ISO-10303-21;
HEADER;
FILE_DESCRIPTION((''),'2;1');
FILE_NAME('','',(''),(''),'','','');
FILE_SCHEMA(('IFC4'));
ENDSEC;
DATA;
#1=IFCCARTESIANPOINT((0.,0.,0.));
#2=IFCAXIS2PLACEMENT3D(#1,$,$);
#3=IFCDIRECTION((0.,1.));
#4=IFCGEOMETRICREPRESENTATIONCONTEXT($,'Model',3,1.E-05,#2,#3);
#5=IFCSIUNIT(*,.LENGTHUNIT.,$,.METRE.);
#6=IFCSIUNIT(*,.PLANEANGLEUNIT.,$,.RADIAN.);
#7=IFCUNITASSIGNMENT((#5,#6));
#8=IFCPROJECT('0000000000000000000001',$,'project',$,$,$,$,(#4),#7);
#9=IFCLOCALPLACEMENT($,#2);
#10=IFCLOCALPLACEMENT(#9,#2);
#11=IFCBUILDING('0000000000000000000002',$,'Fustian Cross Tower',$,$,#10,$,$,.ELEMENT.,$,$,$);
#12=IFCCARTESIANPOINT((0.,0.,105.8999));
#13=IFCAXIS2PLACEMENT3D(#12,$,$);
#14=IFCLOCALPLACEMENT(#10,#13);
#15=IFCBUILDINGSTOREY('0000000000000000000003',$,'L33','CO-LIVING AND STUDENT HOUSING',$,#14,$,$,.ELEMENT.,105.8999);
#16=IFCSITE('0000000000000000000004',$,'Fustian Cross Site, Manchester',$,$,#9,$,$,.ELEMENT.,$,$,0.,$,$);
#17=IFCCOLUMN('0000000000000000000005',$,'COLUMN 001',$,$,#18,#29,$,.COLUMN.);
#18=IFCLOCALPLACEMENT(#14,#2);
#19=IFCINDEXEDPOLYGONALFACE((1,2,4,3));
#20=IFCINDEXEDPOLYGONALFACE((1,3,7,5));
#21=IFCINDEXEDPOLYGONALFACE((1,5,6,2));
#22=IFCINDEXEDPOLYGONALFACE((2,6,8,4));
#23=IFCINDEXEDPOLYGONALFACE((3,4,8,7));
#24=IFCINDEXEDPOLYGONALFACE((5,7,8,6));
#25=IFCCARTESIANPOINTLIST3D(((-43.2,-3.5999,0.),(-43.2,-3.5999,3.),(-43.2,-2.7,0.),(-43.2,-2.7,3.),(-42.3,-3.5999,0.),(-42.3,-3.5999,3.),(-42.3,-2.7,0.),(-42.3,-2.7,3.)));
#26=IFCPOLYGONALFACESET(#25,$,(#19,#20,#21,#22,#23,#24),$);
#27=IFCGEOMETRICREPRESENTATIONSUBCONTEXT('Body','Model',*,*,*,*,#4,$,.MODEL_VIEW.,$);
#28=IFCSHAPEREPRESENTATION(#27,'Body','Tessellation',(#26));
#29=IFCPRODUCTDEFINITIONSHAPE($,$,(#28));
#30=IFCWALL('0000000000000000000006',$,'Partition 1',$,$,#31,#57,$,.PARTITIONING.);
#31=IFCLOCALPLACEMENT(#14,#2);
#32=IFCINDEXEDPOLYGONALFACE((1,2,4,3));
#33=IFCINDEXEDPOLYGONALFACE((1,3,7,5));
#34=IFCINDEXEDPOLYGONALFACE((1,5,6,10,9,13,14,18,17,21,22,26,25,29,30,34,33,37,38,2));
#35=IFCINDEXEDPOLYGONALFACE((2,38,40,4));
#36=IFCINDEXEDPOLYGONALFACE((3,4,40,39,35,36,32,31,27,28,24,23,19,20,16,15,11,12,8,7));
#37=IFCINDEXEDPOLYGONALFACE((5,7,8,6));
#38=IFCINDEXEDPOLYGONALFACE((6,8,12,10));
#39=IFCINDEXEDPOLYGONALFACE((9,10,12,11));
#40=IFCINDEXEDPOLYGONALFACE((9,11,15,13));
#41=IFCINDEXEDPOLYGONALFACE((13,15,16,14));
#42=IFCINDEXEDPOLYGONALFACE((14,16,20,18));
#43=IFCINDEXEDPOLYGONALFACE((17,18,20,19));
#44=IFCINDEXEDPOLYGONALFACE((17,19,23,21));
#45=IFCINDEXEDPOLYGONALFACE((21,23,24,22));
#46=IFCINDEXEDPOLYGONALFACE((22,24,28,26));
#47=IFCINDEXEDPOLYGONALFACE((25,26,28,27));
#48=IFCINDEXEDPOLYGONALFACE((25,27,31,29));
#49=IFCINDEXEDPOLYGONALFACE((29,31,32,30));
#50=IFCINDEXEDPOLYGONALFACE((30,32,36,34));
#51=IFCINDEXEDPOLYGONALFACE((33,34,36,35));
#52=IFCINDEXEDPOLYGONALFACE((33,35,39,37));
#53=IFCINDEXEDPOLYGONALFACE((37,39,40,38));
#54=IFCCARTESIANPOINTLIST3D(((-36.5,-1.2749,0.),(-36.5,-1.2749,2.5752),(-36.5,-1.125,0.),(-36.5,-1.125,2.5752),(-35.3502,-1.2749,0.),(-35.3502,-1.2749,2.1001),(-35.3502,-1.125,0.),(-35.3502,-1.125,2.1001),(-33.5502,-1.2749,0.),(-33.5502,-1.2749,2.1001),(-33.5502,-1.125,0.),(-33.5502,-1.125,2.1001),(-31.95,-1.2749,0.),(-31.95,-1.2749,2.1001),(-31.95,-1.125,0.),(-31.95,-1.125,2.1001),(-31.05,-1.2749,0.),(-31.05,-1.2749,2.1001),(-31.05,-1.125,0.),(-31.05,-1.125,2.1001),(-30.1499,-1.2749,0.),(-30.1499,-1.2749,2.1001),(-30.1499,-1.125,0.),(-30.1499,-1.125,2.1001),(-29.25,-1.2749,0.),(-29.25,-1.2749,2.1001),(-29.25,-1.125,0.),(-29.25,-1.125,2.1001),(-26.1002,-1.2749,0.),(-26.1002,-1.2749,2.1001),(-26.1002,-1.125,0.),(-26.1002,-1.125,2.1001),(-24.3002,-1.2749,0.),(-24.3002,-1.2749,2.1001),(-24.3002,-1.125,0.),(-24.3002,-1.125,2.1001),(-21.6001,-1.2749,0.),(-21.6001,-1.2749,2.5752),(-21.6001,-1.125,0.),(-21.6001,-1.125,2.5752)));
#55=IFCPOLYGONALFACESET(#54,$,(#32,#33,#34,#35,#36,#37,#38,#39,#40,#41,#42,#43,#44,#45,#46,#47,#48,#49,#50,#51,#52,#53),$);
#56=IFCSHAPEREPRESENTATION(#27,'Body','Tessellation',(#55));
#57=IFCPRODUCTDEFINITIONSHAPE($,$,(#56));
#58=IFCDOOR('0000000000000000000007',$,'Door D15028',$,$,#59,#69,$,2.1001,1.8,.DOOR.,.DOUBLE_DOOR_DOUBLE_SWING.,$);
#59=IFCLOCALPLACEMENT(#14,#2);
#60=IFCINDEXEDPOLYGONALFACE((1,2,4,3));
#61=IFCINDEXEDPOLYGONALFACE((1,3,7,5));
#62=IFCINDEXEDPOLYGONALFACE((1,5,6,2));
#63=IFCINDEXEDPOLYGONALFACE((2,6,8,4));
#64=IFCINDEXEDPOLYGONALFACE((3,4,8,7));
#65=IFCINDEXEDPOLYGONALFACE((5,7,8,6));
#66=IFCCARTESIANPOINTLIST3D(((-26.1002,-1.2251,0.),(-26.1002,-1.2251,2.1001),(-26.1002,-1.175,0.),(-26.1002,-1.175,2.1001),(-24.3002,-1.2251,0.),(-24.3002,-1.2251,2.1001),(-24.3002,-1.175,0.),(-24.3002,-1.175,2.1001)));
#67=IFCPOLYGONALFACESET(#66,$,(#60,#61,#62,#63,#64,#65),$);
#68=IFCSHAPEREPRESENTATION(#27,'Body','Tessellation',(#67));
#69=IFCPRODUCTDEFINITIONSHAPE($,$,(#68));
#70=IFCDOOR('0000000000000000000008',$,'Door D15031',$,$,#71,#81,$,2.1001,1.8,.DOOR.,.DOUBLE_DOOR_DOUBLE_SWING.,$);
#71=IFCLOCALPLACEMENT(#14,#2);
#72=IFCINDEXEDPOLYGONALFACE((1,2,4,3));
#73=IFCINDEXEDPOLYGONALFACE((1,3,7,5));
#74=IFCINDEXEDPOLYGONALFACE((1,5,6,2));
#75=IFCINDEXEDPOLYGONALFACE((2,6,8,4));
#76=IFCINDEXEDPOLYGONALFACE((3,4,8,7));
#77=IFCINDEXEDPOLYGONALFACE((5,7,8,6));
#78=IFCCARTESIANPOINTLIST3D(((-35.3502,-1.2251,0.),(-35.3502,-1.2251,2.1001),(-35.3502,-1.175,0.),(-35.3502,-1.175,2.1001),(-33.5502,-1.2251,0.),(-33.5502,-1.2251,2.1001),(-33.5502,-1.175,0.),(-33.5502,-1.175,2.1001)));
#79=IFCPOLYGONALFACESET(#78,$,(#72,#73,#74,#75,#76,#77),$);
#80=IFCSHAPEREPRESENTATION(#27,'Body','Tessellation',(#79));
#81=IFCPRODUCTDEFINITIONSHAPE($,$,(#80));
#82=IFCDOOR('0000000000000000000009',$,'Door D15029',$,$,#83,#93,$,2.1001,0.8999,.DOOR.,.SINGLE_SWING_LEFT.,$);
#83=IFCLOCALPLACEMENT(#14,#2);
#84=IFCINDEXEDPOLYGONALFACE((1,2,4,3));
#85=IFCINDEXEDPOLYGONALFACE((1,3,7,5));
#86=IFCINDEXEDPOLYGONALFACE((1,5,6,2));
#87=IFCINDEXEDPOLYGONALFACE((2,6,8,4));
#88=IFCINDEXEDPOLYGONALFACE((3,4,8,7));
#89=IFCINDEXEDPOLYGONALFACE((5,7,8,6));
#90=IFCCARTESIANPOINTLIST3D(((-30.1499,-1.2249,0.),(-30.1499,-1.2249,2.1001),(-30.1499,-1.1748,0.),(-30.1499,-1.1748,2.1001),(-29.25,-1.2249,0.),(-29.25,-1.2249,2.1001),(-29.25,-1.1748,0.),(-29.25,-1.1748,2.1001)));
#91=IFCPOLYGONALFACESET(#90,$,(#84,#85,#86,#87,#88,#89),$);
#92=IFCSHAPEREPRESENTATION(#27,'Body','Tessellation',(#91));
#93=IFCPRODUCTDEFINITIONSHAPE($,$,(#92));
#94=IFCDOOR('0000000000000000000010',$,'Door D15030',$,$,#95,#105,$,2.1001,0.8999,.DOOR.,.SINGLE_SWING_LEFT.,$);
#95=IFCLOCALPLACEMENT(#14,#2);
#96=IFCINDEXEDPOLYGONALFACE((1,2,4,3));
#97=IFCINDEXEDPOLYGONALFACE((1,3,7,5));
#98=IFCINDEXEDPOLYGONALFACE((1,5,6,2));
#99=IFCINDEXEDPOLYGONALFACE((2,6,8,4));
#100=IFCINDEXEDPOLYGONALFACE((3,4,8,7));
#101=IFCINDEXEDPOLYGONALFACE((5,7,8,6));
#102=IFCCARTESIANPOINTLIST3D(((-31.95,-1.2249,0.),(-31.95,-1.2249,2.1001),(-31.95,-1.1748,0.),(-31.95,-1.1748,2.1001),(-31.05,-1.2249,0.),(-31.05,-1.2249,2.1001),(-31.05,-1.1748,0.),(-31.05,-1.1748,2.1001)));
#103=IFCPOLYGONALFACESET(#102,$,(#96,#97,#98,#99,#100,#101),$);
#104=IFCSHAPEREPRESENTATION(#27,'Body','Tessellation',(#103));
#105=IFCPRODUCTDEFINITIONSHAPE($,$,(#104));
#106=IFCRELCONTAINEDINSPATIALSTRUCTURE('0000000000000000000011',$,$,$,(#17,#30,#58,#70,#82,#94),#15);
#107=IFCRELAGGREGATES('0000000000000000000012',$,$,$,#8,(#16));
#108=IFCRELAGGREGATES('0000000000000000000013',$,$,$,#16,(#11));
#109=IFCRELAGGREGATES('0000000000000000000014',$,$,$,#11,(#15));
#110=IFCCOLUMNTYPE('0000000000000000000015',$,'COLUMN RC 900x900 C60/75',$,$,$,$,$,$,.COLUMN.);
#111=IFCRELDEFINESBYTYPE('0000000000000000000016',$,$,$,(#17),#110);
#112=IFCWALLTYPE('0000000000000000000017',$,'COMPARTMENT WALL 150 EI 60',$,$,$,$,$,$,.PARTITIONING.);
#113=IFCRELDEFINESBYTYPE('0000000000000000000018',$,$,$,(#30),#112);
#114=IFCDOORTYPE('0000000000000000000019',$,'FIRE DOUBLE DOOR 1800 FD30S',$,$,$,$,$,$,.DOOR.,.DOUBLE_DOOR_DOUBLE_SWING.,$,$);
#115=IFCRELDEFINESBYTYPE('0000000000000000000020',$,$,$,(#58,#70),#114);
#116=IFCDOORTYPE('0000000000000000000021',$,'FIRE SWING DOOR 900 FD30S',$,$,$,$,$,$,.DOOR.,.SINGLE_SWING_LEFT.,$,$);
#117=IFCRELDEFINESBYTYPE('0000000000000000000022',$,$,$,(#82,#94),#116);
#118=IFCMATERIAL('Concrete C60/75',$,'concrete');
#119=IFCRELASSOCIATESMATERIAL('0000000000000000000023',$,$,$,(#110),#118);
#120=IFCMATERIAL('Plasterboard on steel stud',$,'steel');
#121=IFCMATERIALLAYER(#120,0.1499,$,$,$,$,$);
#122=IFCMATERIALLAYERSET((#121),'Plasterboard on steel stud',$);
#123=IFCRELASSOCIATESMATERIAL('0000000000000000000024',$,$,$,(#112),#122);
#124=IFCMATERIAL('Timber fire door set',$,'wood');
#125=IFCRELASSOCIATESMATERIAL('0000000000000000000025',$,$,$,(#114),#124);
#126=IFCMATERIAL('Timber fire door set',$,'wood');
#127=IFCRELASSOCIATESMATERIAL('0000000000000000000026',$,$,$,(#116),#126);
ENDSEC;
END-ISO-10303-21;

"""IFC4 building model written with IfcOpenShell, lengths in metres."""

from ifc_helpers import new_model, si_unit, direction, frame, frame_2d, origin, origin_2d, place, context, subcontext, project, spatial, rectangle, extrude, material, layer, layer_set, material_profile, profile_set, type_object, element, fill, save


model = new_model("IFC4")

# Units and contexts
model_context = context("Model", 3, precision=1e-05, world=origin(), true_north=direction((0.0, 1.0)))
body_context = subcontext(model_context, "Body", "Model", "MODEL_VIEW")
ifc_project = project(units=[si_unit("LENGTHUNIT", "METRE"), si_unit("PLANEANGLEUNIT", "RADIAN")], contexts=[model_context])

# Site, building, storey
site_placement = place(None, origin())
site = spatial("IfcSite", under=ifc_project, at=site_placement, Name="Fustian Cross Site, Manchester", CompositionType="ELEMENT", RefElevation=0.0)
building_placement = place(site_placement, origin())
building = spatial("IfcBuilding", under=site, at=building_placement, Name="Fustian Cross Tower", CompositionType="ELEMENT")
storey_placement = place(building_placement, frame((0.0, 0.0, 105.8999)))
storey = spatial("IfcBuildingStorey", under=building, at=storey_placement, Name="L33", Description="CO-LIVING AND STUDENT HOUSING", CompositionType="ELEMENT", Elevation=105.8999)

# Column
ifc_material_1 = material(Name="Concrete C60/75", Category="concrete")
ifc_material_profile = material_profile(ifc_material_1, rectangle(XDim=0.8999, YDim=0.8999, at=origin_2d()), Name="RC 900x900")
ifc_profile_set = profile_set([ifc_material_profile], Name="Concrete C60/75")
column_type = type_object("IfcColumnType", Name="COLUMN RC 900x900 C60/75", PredefinedType="COLUMN", material=ifc_profile_set)
column_placement = place(storey_placement, frame((-42.75, -3.1499, 0.0), z_axis=(0.0, 0.0, 1.0), x_axis=(1.0, 0.0, 0.0)))
element("IfcColumn", 1, at=column_placement, inside=storey, type_object=column_type, Name="COLUMN 001", PredefinedType="COLUMN", context=body_context, shape_type="SweptSolid", body=[
    extrude(rectangle(XDim=0.8999, YDim=0.8999, at=origin_2d()), origin(), (0.0, 0.0, 1.0), 3.0),
])

# Wall, openings, doors
ifc_material_2 = material(Name="Plasterboard on steel stud", Category="steel")
ifc_layer_1 = layer(ifc_material_2, 0.1499)
ifc_layer_set_1 = layer_set([ifc_layer_1], Name="Plasterboard on steel stud")
wall_type_1 = type_object("IfcWallType", Name="COMPARTMENT WALL 150 EI 60", PredefinedType="PARTITIONING", material=ifc_layer_set_1)
wall_1_placement = place(storey_placement, frame((-36.5, -1.2, 0.0), z_axis=(0.0, 0.0, 1.0), x_axis=(1.0, 0.0, 0.0)))
wall_1 = element("IfcWall", 2, at=wall_1_placement, inside=storey, type_object=wall_type_1, Name="Partition 1", PredefinedType="PARTITIONING", context=body_context, shape_type="SweptSolid", body=[
    extrude(rectangle(XDim=14.8999, YDim=0.1499, at=frame_2d((7.45, 0.0))), origin(), (0.0, 0.0, 1.0), 2.5752),
])
opening_1_placement = place(wall_1_placement, frame((10.3999, 0.0, 0.0)))
opening_1 = element("IfcOpeningElement", 3, at=opening_1_placement, cuts=wall_1, PredefinedType="OPENING", context=body_context, shape_type="SweptSolid", body=[
    extrude(rectangle(XDim=1.8, YDim=2.1001, at=frame_2d((0.8999, 1.05))), frame((0.0, 0.085, 0.0), z_axis=(0.0, -1.0, 0.0), x_axis=(1.0, 0.0, 0.0)), (0.0, 0.0, 1.0), 0.1699),
])
opening_2_placement = place(wall_1_placement, frame((6.3501, 0.0, 0.0)))
opening_2 = element("IfcOpeningElement", 4, at=opening_2_placement, cuts=wall_1, PredefinedType="OPENING", context=body_context, shape_type="SweptSolid", body=[
    extrude(rectangle(XDim=0.8999, YDim=2.1001, at=frame_2d((0.45, 1.05))), frame((0.0, 0.085, 0.0), z_axis=(0.0, -1.0, 0.0), x_axis=(1.0, 0.0, 0.0)), (0.0, 0.0, 1.0), 0.1699),
])
opening_3_placement = place(wall_1_placement, frame((4.55, 0.0, 0.0)))
opening_3 = element("IfcOpeningElement", 5, at=opening_3_placement, cuts=wall_1, PredefinedType="OPENING", context=body_context, shape_type="SweptSolid", body=[
    extrude(rectangle(XDim=0.8999, YDim=2.1001, at=frame_2d((0.45, 1.05))), frame((0.0, 0.085, 0.0), z_axis=(0.0, -1.0, 0.0), x_axis=(1.0, 0.0, 0.0)), (0.0, 0.0, 1.0), 0.1699),
])
opening_4_placement = place(wall_1_placement, frame((1.1499, 0.0, 0.0)))
opening_4 = element("IfcOpeningElement", 6, at=opening_4_placement, cuts=wall_1, PredefinedType="OPENING", context=body_context, shape_type="SweptSolid", body=[
    extrude(rectangle(XDim=1.8, YDim=2.1001, at=frame_2d((0.8999, 1.05))), frame((0.0, 0.085, 0.0), z_axis=(0.0, -1.0, 0.0), x_axis=(1.0, 0.0, 0.0)), (0.0, 0.0, 1.0), 0.1699),
])
ifc_material_3 = material(Name="Timber fire door set", Category="wood")
door_type_1 = type_object("IfcDoorType", Name="FIRE DOUBLE DOOR 1800 FD30S", OperationType="DOUBLE_DOOR_DOUBLE_SWING", PredefinedType="DOOR", material=ifc_material_3)
door_1_placement = place(opening_1_placement, origin())
door_1 = element("IfcDoor", 7, at=door_1_placement, inside=storey, type_object=door_type_1, Name="Door D15028", OperationType="DOUBLE_DOOR_DOUBLE_SWING", OverallHeight=2.1001, OverallWidth=1.8, PredefinedType="DOOR", context=body_context, shape_type="SweptSolid", body=[
    extrude(rectangle(XDim=1.8, YDim=2.1001, at=frame_2d((0.8999, 1.05))), frame((0.0, 0.0249, 0.0), z_axis=(0.0, -1.0, 0.0), x_axis=(1.0, 0.0, 0.0)), (0.0, 0.0, 1.0), 0.05),
])
fill(opening_1, door_1)
door_2_placement = place(opening_4_placement, origin())
door_2 = element("IfcDoor", 8, at=door_2_placement, inside=storey, type_object=door_type_1, Name="Door D15031", OperationType="DOUBLE_DOOR_DOUBLE_SWING", OverallHeight=2.1001, OverallWidth=1.8, PredefinedType="DOOR", context=body_context, shape_type="SweptSolid", body=[
    extrude(rectangle(XDim=1.8, YDim=2.1001, at=frame_2d((0.8999, 1.05))), frame((0.0, 0.0249, 0.0), z_axis=(0.0, -1.0, 0.0), x_axis=(1.0, 0.0, 0.0)), (0.0, 0.0, 1.0), 0.05),
])
fill(opening_4, door_2)
ifc_material_4 = material(Name="Timber fire door set", Category="wood")
door_type_2 = type_object("IfcDoorType", Name="FIRE SWING DOOR 900 FD30S", OperationType="SINGLE_SWING_LEFT", PredefinedType="DOOR", material=ifc_material_4)
door_3_placement = place(opening_2_placement, frame((0.8999, 0.0, 0.0), z_axis=(0.0, 0.0, 1.0), x_axis=(-1.0, 0.0, 0.0)))
door_3 = element("IfcDoor", 9, at=door_3_placement, inside=storey, type_object=door_type_2, Name="Door D15029", OperationType="SINGLE_SWING_LEFT", OverallHeight=2.1001, OverallWidth=0.8999, PredefinedType="DOOR", context=body_context, shape_type="SweptSolid", body=[
    extrude(rectangle(XDim=0.8999, YDim=2.1001, at=frame_2d((0.45, 1.05))), frame((0.0, 0.0249, 0.0), z_axis=(0.0, -1.0, 0.0), x_axis=(1.0, 0.0, 0.0)), (0.0, 0.0, 1.0), 0.05),
])
fill(opening_2, door_3)
door_4_placement = place(opening_3_placement, frame((0.8999, 0.0, 0.0), z_axis=(0.0, 0.0, 1.0), x_axis=(-1.0, 0.0, 0.0)))
door_4 = element("IfcDoor", 10, at=door_4_placement, inside=storey, type_object=door_type_2, Name="Door D15030", OperationType="SINGLE_SWING_LEFT", OverallHeight=2.1001, OverallWidth=0.8999, PredefinedType="DOOR", context=body_context, shape_type="SweptSolid", body=[
    extrude(rectangle(XDim=0.8999, YDim=2.1001, at=frame_2d((0.45, 1.05))), frame((0.0, 0.0249, 0.0), z_axis=(0.0, -1.0, 0.0), x_axis=(1.0, 0.0, 0.0)), (0.0, 0.0, 1.0), 0.05),
])
fill(opening_3, door_4)

save(model, "model.ifc")
